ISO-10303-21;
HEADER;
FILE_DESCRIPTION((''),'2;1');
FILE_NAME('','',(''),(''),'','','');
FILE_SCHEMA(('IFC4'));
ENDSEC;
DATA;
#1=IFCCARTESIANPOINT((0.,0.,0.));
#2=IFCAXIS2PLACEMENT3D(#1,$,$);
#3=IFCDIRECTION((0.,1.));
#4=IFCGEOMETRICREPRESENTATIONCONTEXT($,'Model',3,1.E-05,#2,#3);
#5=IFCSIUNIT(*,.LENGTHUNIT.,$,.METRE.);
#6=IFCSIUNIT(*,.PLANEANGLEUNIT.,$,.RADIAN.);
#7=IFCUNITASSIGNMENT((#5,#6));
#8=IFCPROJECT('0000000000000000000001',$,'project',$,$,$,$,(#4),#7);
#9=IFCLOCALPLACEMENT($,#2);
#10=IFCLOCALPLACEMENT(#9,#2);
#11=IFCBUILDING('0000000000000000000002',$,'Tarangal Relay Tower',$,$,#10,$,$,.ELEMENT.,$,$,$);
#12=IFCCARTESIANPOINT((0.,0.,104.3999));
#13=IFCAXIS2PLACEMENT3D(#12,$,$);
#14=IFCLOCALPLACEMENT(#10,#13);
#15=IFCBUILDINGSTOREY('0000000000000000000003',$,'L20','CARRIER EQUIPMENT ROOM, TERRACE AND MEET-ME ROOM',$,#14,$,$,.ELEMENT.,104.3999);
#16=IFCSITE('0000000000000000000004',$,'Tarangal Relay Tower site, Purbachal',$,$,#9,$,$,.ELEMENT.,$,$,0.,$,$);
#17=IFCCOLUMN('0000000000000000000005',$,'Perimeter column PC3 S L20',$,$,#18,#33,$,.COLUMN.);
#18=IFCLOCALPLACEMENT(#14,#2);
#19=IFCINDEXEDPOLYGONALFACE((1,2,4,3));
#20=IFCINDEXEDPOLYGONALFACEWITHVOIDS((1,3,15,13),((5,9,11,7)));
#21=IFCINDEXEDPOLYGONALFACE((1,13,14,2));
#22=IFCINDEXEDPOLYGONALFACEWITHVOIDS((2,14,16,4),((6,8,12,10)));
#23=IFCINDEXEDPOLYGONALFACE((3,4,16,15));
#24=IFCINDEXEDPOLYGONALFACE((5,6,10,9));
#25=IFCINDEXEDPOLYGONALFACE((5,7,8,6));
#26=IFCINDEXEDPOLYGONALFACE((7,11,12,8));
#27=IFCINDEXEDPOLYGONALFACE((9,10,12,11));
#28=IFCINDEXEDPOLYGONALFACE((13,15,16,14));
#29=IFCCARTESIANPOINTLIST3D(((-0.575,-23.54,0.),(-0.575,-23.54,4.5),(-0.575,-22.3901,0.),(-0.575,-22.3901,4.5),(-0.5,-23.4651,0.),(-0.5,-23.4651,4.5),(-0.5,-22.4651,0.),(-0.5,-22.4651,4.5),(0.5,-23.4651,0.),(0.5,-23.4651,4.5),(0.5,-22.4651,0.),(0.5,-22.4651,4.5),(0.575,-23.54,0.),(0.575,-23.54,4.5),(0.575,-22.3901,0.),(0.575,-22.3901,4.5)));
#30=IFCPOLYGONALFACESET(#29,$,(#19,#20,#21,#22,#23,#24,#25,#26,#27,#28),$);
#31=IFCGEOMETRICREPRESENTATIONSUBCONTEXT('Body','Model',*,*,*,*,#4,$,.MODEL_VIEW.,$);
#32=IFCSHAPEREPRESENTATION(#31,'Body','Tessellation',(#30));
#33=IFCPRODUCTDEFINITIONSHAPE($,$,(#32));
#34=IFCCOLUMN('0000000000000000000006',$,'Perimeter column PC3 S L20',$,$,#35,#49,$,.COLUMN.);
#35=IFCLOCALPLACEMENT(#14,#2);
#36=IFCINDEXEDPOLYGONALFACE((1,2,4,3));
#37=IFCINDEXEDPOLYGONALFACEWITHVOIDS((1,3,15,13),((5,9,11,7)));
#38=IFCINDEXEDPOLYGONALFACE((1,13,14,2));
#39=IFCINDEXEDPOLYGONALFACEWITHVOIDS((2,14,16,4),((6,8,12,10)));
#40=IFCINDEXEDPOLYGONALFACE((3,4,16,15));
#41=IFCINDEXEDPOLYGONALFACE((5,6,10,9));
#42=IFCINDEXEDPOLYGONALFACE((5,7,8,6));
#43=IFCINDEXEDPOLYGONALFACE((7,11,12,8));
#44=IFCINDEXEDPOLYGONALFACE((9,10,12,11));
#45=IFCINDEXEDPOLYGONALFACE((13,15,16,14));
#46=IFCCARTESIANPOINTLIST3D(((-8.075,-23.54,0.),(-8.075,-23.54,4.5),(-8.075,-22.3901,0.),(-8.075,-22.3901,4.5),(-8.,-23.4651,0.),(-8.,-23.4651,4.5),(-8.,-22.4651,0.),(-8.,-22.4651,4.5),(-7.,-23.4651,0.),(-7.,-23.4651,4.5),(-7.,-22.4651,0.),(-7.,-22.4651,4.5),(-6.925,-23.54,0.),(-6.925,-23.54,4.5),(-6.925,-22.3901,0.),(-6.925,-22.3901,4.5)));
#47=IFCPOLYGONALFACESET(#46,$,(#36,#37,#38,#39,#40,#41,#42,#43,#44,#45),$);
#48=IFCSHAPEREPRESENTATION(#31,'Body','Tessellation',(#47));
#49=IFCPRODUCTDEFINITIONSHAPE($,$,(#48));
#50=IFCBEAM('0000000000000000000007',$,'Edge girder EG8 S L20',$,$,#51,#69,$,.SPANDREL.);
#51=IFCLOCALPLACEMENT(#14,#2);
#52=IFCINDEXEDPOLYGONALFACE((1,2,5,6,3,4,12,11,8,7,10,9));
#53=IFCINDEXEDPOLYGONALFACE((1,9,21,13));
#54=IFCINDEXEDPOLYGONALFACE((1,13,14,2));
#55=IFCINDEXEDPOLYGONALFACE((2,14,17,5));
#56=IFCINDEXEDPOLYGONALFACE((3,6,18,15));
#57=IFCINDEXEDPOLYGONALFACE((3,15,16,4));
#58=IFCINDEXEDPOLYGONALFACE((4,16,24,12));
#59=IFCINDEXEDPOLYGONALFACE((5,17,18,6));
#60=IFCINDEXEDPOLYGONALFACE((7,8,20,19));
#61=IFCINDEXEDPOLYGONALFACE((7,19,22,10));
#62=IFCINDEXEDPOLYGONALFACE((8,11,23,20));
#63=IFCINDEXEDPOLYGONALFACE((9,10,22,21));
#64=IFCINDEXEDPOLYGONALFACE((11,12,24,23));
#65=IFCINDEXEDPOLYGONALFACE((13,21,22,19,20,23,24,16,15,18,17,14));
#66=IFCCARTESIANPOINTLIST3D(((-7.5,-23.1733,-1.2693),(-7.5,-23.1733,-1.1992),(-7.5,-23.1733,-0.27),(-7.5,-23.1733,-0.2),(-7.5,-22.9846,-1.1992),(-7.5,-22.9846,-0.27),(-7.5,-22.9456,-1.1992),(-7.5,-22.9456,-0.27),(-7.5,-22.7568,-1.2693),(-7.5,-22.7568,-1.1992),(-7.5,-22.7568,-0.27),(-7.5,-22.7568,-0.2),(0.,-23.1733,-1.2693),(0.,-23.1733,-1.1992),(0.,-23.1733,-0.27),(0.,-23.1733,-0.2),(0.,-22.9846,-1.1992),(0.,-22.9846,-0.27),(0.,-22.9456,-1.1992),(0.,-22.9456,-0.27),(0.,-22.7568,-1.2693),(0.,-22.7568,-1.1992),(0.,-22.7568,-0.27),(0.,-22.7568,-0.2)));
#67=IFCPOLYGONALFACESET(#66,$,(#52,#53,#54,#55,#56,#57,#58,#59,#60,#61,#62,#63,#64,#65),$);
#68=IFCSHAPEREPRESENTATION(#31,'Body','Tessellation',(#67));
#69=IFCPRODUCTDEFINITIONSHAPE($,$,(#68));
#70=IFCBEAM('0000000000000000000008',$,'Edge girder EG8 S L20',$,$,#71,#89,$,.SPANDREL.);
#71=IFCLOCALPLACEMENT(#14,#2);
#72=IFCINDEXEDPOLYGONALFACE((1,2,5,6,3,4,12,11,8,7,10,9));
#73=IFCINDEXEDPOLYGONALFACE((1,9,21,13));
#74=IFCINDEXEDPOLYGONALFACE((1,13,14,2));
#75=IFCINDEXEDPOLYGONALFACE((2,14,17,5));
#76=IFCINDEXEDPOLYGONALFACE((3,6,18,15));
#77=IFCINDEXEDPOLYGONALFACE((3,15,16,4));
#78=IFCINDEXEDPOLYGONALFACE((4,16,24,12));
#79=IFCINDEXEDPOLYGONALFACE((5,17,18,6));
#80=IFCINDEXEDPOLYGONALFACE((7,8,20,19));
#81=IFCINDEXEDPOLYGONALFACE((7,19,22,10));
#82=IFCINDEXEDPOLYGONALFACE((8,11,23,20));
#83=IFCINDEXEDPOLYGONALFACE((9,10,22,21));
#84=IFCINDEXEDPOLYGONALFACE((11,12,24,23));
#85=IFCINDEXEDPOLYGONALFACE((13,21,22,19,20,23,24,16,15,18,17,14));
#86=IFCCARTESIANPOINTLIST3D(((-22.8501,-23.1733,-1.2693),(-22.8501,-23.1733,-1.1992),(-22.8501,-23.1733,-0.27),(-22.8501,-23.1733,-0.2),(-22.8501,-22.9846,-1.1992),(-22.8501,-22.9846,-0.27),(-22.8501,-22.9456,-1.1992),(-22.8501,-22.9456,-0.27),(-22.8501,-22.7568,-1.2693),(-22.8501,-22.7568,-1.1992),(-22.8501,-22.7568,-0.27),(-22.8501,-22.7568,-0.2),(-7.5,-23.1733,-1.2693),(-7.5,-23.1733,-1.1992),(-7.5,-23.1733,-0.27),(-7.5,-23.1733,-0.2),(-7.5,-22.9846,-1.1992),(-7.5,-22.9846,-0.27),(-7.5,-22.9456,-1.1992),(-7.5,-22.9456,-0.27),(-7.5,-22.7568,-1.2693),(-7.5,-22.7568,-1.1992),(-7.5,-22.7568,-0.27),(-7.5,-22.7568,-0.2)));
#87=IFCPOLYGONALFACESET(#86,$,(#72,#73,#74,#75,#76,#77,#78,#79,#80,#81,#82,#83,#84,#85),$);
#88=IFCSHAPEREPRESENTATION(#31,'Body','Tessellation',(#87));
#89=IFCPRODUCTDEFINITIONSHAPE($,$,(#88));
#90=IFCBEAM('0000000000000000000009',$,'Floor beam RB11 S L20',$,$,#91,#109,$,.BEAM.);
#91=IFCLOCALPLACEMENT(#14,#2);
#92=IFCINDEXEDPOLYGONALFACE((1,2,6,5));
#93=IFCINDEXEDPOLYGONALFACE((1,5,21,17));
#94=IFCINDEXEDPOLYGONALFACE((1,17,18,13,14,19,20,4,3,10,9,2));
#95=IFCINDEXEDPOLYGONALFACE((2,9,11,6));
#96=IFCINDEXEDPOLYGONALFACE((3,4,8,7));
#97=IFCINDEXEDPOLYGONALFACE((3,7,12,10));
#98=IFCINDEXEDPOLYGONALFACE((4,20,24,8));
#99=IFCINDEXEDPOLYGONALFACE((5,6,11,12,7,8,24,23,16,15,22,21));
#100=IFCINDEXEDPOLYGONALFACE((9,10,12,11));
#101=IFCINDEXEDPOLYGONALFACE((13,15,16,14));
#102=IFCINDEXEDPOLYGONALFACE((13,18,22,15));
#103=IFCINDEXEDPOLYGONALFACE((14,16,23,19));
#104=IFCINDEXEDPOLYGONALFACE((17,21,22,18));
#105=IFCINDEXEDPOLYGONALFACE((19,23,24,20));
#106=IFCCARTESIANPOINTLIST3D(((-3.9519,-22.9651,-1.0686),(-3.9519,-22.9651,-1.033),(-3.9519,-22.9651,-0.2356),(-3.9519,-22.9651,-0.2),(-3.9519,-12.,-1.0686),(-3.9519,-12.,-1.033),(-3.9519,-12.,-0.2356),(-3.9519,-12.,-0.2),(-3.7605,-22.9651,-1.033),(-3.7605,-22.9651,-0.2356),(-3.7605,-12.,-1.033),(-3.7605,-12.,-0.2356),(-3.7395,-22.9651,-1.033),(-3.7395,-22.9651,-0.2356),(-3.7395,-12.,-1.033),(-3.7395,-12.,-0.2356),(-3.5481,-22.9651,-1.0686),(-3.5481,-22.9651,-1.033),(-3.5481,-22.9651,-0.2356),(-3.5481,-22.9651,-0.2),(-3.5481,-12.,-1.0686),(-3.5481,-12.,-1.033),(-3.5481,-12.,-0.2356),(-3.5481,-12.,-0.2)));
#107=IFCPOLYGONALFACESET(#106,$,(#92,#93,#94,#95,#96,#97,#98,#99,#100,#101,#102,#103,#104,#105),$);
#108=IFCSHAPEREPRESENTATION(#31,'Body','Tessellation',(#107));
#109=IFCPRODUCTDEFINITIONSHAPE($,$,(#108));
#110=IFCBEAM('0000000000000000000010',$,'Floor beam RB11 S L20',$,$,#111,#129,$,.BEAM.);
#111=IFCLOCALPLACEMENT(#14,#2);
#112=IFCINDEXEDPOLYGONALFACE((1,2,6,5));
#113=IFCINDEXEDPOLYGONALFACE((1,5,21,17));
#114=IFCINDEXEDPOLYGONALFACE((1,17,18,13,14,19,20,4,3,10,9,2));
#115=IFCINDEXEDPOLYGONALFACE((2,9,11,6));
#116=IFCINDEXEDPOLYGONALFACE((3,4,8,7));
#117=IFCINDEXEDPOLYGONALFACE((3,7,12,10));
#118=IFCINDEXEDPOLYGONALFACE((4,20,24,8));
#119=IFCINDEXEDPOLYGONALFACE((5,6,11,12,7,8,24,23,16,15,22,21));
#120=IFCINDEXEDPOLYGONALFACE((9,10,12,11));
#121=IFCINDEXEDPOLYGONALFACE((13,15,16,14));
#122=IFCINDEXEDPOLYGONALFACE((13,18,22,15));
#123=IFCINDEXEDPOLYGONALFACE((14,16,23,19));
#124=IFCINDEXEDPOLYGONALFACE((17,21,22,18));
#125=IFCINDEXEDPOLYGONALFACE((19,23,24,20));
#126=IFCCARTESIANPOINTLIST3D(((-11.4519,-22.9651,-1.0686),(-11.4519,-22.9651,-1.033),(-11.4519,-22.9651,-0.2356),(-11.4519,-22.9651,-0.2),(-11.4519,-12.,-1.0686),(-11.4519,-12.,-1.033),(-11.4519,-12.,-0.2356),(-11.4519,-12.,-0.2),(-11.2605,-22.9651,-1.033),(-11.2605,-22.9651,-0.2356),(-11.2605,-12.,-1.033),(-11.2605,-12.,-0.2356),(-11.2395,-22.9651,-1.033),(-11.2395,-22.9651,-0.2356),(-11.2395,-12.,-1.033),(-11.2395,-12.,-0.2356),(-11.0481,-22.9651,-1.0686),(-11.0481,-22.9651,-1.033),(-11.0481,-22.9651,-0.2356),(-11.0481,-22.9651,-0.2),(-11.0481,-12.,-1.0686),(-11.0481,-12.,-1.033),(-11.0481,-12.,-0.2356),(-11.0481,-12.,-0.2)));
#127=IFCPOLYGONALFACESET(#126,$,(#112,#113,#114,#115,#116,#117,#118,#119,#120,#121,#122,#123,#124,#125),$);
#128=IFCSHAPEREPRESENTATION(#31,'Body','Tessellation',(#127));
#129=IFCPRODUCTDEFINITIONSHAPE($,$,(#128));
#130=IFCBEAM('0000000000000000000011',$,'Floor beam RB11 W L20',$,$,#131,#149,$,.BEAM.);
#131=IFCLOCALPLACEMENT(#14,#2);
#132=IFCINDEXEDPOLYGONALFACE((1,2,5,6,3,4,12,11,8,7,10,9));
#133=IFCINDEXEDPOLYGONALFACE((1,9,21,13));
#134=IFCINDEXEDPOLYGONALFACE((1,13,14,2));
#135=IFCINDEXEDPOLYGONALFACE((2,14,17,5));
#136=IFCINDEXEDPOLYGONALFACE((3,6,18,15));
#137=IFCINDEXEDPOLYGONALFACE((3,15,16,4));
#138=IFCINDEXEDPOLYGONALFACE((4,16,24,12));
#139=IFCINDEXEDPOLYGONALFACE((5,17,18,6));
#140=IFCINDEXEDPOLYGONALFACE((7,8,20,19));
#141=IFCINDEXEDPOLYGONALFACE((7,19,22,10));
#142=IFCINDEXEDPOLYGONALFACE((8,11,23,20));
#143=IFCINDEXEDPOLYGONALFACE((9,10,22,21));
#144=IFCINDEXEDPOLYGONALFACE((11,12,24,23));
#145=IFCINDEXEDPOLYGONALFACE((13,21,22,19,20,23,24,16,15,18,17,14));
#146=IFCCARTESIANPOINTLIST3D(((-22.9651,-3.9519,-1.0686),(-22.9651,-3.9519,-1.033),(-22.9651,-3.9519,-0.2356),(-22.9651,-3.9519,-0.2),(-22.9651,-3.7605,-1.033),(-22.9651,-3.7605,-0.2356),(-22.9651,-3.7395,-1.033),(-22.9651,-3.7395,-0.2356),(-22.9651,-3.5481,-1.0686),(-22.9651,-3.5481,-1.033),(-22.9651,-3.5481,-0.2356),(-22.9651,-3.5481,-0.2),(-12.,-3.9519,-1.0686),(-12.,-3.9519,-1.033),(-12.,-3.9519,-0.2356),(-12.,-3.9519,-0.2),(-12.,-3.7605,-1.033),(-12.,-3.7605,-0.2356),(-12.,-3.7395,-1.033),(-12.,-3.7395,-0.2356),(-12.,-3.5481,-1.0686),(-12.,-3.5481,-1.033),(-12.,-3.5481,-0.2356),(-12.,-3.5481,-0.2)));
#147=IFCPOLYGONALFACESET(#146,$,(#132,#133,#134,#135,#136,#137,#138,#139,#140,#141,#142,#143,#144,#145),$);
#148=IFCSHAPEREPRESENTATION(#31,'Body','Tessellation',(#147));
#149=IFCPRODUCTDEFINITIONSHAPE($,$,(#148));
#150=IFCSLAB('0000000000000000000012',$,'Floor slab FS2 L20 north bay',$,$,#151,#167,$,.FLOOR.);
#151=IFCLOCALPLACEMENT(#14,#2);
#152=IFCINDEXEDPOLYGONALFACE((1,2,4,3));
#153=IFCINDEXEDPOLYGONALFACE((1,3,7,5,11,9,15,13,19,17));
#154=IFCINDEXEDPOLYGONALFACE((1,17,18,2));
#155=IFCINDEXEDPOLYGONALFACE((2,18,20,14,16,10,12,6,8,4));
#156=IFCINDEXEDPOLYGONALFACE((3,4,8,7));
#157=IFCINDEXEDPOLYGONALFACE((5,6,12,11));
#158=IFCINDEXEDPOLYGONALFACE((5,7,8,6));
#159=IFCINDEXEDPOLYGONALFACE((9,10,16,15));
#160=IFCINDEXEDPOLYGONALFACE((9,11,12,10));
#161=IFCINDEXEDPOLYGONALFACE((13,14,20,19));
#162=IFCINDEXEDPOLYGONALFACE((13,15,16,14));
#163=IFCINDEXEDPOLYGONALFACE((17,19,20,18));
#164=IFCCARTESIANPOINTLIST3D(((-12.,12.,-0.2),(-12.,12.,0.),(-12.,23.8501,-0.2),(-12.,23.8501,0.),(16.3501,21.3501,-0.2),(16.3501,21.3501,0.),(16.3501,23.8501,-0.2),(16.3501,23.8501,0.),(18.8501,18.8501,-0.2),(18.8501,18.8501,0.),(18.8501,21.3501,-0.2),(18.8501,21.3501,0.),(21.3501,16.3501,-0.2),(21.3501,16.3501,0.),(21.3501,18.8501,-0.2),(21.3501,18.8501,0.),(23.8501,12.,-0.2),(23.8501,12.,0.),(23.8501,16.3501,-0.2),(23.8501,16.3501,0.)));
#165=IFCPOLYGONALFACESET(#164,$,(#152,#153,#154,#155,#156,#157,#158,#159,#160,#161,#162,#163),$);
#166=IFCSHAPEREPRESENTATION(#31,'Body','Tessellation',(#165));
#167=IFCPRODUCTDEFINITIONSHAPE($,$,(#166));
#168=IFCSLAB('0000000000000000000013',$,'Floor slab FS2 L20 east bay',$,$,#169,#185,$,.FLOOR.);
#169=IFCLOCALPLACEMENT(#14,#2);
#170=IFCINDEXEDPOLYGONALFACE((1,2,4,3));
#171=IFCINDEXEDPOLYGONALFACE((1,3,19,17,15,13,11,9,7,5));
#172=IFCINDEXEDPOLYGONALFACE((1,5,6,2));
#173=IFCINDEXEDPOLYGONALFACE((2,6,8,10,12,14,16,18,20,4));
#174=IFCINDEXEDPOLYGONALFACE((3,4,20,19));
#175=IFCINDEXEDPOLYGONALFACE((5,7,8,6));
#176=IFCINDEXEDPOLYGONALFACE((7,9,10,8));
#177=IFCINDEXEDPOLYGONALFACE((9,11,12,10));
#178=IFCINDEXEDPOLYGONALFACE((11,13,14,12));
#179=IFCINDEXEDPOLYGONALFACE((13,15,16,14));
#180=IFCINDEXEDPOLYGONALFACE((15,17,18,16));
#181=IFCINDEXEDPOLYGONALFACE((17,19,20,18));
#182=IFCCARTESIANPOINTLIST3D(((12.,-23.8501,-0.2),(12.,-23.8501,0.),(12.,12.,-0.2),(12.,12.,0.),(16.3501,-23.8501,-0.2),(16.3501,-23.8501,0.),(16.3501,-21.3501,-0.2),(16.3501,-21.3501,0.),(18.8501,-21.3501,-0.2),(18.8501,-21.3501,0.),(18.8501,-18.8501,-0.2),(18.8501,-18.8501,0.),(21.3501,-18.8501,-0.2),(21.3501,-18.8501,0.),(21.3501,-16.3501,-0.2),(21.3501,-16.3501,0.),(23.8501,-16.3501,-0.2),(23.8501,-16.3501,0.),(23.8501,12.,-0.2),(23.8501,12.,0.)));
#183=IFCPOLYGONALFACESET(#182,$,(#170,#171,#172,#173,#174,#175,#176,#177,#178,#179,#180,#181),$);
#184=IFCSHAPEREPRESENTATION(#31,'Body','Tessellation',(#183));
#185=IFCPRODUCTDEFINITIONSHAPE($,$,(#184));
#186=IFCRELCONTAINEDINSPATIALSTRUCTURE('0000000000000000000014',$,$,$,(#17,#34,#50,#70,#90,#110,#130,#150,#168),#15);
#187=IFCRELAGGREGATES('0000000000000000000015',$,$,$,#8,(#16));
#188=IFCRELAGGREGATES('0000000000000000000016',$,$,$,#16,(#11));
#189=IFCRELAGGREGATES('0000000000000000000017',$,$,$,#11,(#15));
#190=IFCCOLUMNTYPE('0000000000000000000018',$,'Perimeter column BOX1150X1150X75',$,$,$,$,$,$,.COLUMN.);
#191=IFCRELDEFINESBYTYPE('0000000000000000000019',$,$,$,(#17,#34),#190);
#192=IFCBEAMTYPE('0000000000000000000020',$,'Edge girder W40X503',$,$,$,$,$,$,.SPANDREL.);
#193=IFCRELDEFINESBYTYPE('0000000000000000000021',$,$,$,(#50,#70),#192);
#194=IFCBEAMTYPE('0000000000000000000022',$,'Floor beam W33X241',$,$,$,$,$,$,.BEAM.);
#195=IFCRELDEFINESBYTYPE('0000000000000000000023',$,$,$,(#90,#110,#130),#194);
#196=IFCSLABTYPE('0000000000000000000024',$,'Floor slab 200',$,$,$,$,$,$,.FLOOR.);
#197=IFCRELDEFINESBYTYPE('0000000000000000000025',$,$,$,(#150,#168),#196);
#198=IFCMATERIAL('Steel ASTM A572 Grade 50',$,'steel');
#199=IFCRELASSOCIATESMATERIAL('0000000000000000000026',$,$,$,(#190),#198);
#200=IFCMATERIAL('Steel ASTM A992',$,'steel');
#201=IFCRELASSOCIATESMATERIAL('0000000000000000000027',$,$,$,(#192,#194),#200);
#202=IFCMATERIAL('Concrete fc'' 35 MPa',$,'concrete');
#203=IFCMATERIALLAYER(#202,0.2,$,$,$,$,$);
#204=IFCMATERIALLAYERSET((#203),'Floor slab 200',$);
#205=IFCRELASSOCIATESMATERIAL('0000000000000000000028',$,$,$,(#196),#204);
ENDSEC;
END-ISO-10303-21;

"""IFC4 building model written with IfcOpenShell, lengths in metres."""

from ifc_helpers import new_model, si_unit, direction, frame, origin, origin_2d, place, context, subcontext, project, spatial, polyline, hollow_rectangle, i_section, outline, extrude, material, layer, layer_set, material_profile, profile_set, type_object, element, save


model = new_model("IFC4")

# Units and contexts
model_context = context("Model", 3, precision=1e-05, world=origin(), true_north=direction((0.0, 1.0)))
body_context = subcontext(model_context, "Body", "Model", "MODEL_VIEW")
ifc_project = project(units=[si_unit("LENGTHUNIT", "METRE"), si_unit("PLANEANGLEUNIT", "RADIAN")], contexts=[model_context])

# Site, building, storey
site_placement = place(None, origin())
site = spatial("IfcSite", under=ifc_project, at=site_placement, Name="Tarangal Relay Tower site, Purbachal", CompositionType="ELEMENT", RefElevation=0.0)
building_placement = place(site_placement, origin())
building = spatial("IfcBuilding", under=site, at=building_placement, Name="Tarangal Relay Tower", CompositionType="ELEMENT")
storey_placement = place(building_placement, frame((0.0, 0.0, 104.3999)))
storey = spatial("IfcBuildingStorey", under=building, at=storey_placement, Name="L20", Description="CARRIER EQUIPMENT ROOM, TERRACE AND MEET-ME ROOM", CompositionType="ELEMENT", Elevation=104.3999)

# Columns
ifc_material_1 = material(Name="Steel ASTM A572 Grade 50", Category="steel")
ifc_material_profile_1 = material_profile(ifc_material_1, hollow_rectangle(XDim=1.1499, YDim=1.1499, WallThickness=0.075, at=origin_2d()), Name="BOX1150X1150X75")
ifc_profile_set_1 = profile_set([ifc_material_profile_1], Name="Steel ASTM A572 Grade 50")
column_type = type_object("IfcColumnType", Name="Perimeter column BOX1150X1150X75", PredefinedType="COLUMN", material=ifc_profile_set_1)
for number, where, z_axis, x_axis, name in (
    (1, (0.0, -22.9651, 0.0), (0.0, 0.0, 1.0), (1.0, 0.0, 0.0), "Perimeter column PC3 S L20"),
    (2, (-7.5, -22.9651, 0.0), (0.0, 0.0, 1.0), (1.0, 0.0, 0.0), "Perimeter column PC3 S L20"),
):
    element("IfcColumn", number, at=place(storey_placement, frame(where, z_axis=z_axis, x_axis=x_axis)), inside=storey, type_object=column_type, Name=name, PredefinedType="COLUMN", context=body_context, shape_type="SweptSolid", body=[
        extrude(hollow_rectangle(XDim=1.1499, YDim=1.1499, WallThickness=0.075, at=origin_2d()), origin(), (0.0, 0.0, 1.0), 4.5),
    ])

# Beams
ifc_material_2 = material(Name="Steel ASTM A992", Category="steel")
ifc_material_profile_2 = material_profile(ifc_material_2, i_section(OverallWidth=0.4165, OverallDepth=1.0693, WebThickness=0.0391, FlangeThickness=0.0701, at=origin_2d()), Name="W40X503")
ifc_profile_set_2 = profile_set([ifc_material_profile_2], Name="Steel ASTM A992")
beam_type_1 = type_object("IfcBeamType", Name="Edge girder W40X503", PredefinedType="SPANDREL", material=ifc_profile_set_2)
beam_1_placement = place(storey_placement, frame((0.0, -22.9651, -0.7346), z_axis=(-1.0, 0.0, 0.0), x_axis=(0.0, -1.0, 0.0)))
element("IfcBeam", 3, at=beam_1_placement, inside=storey, type_object=beam_type_1, Name="Edge girder EG8 S L20", PredefinedType="SPANDREL", context=body_context, shape_type="SweptSolid", body=[
    extrude(i_section(OverallWidth=0.4165, OverallDepth=1.0693, WebThickness=0.0391, FlangeThickness=0.0701, at=origin_2d()), origin(), (0.0, 0.0, 1.0), 7.5),
])
beam_2_placement = place(storey_placement, frame((-7.5, -22.9651, -0.7346), z_axis=(-1.0, 0.0, 0.0), x_axis=(0.0, -1.0, 0.0)))
element("IfcBeam", 4, at=beam_2_placement, inside=storey, type_object=beam_type_1, Name="Edge girder EG8 S L20", PredefinedType="SPANDREL", context=body_context, shape_type="SweptSolid", body=[
    extrude(i_section(OverallWidth=0.4165, OverallDepth=1.0693, WebThickness=0.0391, FlangeThickness=0.0701, at=origin_2d()), origin(), (0.0, 0.0, 1.0), 15.3501),
])
ifc_material_profile_3 = material_profile(ifc_material_2, i_section(OverallWidth=0.4038, OverallDepth=0.8687, WebThickness=0.021, FlangeThickness=0.0356, at=origin_2d()), Name="W33X241")
ifc_profile_set_3 = profile_set([ifc_material_profile_3], Name="Steel ASTM A992")
beam_type_2 = type_object("IfcBeamType", Name="Floor beam W33X241", PredefinedType="BEAM", material=ifc_profile_set_3)
for number, where, z_axis, x_axis, name in (
    (5, (-3.75, -12.0, -0.6343), (0.0, -1.0, 0.0), (1.0, 0.0, 0.0), "Floor beam RB11 S L20"),
    (6, (-11.25, -12.0, -0.6343), (0.0, -1.0, 0.0), (1.0, 0.0, 0.0), "Floor beam RB11 S L20"),
    (7, (-12.0, -3.75, -0.6343), (-1.0, 0.0, 0.0), (0.0, -1.0, 0.0), "Floor beam RB11 W L20"),
):
    element("IfcBeam", number, at=place(storey_placement, frame(where, z_axis=z_axis, x_axis=x_axis)), inside=storey, type_object=beam_type_2, Name=name, PredefinedType="BEAM", context=body_context, shape_type="SweptSolid", body=[
        extrude(i_section(OverallWidth=0.4038, OverallDepth=0.8687, WebThickness=0.021, FlangeThickness=0.0356, at=origin_2d()), origin(), (0.0, 0.0, 1.0), 10.9651),
    ])

# Slabs
ifc_material_3 = material(Name="Concrete fc' 35 MPa", Category="concrete")
ifc_layer_1 = layer(ifc_material_3, 0.2)
ifc_layer_set_1 = layer_set([ifc_layer_1], Name="Floor slab 200")
slab_type = type_object("IfcSlabType", Name="Floor slab 200", PredefinedType="FLOOR", material=ifc_layer_set_1)
slab_1_placement = place(storey_placement, frame((0.0, 0.0, -0.2)))
element("IfcSlab", 8, at=slab_1_placement, inside=storey, type_object=slab_type, Name="Floor slab FS2 L20 north bay", PredefinedType="FLOOR", context=body_context, shape_type="SweptSolid", body=[
    extrude(outline(polyline([(16.3501, 23.8501), (16.3501, 21.3501), (18.8501, 21.3501), (18.8501, 18.8501), (21.3501, 18.8501), (21.3501, 16.3501), (23.8501, 16.3501), (23.8501, 12.0), (-12.0, 12.0), (-12.0, 23.8501), (16.3501, 23.8501)])), origin(), (0.0, 0.0, 1.0), 0.2),
])
slab_2_placement = place(storey_placement, frame((0.0, 0.0, -0.2)))
element("IfcSlab", 9, at=slab_2_placement, inside=storey, type_object=slab_type, Name="Floor slab FS2 L20 east bay", PredefinedType="FLOOR", context=body_context, shape_type="SweptSolid", body=[
    extrude(outline(polyline([(23.8501, -16.3501), (21.3501, -16.3501), (21.3501, -18.8501), (18.8501, -18.8501), (18.8501, -21.3501), (16.3501, -21.3501), (16.3501, -23.8501), (12.0, -23.8501), (12.0, 12.0), (23.8501, 12.0), (23.8501, -16.3501)])), origin(), (0.0, 0.0, 1.0), 0.2),
])

save(model, "model.ifc")
